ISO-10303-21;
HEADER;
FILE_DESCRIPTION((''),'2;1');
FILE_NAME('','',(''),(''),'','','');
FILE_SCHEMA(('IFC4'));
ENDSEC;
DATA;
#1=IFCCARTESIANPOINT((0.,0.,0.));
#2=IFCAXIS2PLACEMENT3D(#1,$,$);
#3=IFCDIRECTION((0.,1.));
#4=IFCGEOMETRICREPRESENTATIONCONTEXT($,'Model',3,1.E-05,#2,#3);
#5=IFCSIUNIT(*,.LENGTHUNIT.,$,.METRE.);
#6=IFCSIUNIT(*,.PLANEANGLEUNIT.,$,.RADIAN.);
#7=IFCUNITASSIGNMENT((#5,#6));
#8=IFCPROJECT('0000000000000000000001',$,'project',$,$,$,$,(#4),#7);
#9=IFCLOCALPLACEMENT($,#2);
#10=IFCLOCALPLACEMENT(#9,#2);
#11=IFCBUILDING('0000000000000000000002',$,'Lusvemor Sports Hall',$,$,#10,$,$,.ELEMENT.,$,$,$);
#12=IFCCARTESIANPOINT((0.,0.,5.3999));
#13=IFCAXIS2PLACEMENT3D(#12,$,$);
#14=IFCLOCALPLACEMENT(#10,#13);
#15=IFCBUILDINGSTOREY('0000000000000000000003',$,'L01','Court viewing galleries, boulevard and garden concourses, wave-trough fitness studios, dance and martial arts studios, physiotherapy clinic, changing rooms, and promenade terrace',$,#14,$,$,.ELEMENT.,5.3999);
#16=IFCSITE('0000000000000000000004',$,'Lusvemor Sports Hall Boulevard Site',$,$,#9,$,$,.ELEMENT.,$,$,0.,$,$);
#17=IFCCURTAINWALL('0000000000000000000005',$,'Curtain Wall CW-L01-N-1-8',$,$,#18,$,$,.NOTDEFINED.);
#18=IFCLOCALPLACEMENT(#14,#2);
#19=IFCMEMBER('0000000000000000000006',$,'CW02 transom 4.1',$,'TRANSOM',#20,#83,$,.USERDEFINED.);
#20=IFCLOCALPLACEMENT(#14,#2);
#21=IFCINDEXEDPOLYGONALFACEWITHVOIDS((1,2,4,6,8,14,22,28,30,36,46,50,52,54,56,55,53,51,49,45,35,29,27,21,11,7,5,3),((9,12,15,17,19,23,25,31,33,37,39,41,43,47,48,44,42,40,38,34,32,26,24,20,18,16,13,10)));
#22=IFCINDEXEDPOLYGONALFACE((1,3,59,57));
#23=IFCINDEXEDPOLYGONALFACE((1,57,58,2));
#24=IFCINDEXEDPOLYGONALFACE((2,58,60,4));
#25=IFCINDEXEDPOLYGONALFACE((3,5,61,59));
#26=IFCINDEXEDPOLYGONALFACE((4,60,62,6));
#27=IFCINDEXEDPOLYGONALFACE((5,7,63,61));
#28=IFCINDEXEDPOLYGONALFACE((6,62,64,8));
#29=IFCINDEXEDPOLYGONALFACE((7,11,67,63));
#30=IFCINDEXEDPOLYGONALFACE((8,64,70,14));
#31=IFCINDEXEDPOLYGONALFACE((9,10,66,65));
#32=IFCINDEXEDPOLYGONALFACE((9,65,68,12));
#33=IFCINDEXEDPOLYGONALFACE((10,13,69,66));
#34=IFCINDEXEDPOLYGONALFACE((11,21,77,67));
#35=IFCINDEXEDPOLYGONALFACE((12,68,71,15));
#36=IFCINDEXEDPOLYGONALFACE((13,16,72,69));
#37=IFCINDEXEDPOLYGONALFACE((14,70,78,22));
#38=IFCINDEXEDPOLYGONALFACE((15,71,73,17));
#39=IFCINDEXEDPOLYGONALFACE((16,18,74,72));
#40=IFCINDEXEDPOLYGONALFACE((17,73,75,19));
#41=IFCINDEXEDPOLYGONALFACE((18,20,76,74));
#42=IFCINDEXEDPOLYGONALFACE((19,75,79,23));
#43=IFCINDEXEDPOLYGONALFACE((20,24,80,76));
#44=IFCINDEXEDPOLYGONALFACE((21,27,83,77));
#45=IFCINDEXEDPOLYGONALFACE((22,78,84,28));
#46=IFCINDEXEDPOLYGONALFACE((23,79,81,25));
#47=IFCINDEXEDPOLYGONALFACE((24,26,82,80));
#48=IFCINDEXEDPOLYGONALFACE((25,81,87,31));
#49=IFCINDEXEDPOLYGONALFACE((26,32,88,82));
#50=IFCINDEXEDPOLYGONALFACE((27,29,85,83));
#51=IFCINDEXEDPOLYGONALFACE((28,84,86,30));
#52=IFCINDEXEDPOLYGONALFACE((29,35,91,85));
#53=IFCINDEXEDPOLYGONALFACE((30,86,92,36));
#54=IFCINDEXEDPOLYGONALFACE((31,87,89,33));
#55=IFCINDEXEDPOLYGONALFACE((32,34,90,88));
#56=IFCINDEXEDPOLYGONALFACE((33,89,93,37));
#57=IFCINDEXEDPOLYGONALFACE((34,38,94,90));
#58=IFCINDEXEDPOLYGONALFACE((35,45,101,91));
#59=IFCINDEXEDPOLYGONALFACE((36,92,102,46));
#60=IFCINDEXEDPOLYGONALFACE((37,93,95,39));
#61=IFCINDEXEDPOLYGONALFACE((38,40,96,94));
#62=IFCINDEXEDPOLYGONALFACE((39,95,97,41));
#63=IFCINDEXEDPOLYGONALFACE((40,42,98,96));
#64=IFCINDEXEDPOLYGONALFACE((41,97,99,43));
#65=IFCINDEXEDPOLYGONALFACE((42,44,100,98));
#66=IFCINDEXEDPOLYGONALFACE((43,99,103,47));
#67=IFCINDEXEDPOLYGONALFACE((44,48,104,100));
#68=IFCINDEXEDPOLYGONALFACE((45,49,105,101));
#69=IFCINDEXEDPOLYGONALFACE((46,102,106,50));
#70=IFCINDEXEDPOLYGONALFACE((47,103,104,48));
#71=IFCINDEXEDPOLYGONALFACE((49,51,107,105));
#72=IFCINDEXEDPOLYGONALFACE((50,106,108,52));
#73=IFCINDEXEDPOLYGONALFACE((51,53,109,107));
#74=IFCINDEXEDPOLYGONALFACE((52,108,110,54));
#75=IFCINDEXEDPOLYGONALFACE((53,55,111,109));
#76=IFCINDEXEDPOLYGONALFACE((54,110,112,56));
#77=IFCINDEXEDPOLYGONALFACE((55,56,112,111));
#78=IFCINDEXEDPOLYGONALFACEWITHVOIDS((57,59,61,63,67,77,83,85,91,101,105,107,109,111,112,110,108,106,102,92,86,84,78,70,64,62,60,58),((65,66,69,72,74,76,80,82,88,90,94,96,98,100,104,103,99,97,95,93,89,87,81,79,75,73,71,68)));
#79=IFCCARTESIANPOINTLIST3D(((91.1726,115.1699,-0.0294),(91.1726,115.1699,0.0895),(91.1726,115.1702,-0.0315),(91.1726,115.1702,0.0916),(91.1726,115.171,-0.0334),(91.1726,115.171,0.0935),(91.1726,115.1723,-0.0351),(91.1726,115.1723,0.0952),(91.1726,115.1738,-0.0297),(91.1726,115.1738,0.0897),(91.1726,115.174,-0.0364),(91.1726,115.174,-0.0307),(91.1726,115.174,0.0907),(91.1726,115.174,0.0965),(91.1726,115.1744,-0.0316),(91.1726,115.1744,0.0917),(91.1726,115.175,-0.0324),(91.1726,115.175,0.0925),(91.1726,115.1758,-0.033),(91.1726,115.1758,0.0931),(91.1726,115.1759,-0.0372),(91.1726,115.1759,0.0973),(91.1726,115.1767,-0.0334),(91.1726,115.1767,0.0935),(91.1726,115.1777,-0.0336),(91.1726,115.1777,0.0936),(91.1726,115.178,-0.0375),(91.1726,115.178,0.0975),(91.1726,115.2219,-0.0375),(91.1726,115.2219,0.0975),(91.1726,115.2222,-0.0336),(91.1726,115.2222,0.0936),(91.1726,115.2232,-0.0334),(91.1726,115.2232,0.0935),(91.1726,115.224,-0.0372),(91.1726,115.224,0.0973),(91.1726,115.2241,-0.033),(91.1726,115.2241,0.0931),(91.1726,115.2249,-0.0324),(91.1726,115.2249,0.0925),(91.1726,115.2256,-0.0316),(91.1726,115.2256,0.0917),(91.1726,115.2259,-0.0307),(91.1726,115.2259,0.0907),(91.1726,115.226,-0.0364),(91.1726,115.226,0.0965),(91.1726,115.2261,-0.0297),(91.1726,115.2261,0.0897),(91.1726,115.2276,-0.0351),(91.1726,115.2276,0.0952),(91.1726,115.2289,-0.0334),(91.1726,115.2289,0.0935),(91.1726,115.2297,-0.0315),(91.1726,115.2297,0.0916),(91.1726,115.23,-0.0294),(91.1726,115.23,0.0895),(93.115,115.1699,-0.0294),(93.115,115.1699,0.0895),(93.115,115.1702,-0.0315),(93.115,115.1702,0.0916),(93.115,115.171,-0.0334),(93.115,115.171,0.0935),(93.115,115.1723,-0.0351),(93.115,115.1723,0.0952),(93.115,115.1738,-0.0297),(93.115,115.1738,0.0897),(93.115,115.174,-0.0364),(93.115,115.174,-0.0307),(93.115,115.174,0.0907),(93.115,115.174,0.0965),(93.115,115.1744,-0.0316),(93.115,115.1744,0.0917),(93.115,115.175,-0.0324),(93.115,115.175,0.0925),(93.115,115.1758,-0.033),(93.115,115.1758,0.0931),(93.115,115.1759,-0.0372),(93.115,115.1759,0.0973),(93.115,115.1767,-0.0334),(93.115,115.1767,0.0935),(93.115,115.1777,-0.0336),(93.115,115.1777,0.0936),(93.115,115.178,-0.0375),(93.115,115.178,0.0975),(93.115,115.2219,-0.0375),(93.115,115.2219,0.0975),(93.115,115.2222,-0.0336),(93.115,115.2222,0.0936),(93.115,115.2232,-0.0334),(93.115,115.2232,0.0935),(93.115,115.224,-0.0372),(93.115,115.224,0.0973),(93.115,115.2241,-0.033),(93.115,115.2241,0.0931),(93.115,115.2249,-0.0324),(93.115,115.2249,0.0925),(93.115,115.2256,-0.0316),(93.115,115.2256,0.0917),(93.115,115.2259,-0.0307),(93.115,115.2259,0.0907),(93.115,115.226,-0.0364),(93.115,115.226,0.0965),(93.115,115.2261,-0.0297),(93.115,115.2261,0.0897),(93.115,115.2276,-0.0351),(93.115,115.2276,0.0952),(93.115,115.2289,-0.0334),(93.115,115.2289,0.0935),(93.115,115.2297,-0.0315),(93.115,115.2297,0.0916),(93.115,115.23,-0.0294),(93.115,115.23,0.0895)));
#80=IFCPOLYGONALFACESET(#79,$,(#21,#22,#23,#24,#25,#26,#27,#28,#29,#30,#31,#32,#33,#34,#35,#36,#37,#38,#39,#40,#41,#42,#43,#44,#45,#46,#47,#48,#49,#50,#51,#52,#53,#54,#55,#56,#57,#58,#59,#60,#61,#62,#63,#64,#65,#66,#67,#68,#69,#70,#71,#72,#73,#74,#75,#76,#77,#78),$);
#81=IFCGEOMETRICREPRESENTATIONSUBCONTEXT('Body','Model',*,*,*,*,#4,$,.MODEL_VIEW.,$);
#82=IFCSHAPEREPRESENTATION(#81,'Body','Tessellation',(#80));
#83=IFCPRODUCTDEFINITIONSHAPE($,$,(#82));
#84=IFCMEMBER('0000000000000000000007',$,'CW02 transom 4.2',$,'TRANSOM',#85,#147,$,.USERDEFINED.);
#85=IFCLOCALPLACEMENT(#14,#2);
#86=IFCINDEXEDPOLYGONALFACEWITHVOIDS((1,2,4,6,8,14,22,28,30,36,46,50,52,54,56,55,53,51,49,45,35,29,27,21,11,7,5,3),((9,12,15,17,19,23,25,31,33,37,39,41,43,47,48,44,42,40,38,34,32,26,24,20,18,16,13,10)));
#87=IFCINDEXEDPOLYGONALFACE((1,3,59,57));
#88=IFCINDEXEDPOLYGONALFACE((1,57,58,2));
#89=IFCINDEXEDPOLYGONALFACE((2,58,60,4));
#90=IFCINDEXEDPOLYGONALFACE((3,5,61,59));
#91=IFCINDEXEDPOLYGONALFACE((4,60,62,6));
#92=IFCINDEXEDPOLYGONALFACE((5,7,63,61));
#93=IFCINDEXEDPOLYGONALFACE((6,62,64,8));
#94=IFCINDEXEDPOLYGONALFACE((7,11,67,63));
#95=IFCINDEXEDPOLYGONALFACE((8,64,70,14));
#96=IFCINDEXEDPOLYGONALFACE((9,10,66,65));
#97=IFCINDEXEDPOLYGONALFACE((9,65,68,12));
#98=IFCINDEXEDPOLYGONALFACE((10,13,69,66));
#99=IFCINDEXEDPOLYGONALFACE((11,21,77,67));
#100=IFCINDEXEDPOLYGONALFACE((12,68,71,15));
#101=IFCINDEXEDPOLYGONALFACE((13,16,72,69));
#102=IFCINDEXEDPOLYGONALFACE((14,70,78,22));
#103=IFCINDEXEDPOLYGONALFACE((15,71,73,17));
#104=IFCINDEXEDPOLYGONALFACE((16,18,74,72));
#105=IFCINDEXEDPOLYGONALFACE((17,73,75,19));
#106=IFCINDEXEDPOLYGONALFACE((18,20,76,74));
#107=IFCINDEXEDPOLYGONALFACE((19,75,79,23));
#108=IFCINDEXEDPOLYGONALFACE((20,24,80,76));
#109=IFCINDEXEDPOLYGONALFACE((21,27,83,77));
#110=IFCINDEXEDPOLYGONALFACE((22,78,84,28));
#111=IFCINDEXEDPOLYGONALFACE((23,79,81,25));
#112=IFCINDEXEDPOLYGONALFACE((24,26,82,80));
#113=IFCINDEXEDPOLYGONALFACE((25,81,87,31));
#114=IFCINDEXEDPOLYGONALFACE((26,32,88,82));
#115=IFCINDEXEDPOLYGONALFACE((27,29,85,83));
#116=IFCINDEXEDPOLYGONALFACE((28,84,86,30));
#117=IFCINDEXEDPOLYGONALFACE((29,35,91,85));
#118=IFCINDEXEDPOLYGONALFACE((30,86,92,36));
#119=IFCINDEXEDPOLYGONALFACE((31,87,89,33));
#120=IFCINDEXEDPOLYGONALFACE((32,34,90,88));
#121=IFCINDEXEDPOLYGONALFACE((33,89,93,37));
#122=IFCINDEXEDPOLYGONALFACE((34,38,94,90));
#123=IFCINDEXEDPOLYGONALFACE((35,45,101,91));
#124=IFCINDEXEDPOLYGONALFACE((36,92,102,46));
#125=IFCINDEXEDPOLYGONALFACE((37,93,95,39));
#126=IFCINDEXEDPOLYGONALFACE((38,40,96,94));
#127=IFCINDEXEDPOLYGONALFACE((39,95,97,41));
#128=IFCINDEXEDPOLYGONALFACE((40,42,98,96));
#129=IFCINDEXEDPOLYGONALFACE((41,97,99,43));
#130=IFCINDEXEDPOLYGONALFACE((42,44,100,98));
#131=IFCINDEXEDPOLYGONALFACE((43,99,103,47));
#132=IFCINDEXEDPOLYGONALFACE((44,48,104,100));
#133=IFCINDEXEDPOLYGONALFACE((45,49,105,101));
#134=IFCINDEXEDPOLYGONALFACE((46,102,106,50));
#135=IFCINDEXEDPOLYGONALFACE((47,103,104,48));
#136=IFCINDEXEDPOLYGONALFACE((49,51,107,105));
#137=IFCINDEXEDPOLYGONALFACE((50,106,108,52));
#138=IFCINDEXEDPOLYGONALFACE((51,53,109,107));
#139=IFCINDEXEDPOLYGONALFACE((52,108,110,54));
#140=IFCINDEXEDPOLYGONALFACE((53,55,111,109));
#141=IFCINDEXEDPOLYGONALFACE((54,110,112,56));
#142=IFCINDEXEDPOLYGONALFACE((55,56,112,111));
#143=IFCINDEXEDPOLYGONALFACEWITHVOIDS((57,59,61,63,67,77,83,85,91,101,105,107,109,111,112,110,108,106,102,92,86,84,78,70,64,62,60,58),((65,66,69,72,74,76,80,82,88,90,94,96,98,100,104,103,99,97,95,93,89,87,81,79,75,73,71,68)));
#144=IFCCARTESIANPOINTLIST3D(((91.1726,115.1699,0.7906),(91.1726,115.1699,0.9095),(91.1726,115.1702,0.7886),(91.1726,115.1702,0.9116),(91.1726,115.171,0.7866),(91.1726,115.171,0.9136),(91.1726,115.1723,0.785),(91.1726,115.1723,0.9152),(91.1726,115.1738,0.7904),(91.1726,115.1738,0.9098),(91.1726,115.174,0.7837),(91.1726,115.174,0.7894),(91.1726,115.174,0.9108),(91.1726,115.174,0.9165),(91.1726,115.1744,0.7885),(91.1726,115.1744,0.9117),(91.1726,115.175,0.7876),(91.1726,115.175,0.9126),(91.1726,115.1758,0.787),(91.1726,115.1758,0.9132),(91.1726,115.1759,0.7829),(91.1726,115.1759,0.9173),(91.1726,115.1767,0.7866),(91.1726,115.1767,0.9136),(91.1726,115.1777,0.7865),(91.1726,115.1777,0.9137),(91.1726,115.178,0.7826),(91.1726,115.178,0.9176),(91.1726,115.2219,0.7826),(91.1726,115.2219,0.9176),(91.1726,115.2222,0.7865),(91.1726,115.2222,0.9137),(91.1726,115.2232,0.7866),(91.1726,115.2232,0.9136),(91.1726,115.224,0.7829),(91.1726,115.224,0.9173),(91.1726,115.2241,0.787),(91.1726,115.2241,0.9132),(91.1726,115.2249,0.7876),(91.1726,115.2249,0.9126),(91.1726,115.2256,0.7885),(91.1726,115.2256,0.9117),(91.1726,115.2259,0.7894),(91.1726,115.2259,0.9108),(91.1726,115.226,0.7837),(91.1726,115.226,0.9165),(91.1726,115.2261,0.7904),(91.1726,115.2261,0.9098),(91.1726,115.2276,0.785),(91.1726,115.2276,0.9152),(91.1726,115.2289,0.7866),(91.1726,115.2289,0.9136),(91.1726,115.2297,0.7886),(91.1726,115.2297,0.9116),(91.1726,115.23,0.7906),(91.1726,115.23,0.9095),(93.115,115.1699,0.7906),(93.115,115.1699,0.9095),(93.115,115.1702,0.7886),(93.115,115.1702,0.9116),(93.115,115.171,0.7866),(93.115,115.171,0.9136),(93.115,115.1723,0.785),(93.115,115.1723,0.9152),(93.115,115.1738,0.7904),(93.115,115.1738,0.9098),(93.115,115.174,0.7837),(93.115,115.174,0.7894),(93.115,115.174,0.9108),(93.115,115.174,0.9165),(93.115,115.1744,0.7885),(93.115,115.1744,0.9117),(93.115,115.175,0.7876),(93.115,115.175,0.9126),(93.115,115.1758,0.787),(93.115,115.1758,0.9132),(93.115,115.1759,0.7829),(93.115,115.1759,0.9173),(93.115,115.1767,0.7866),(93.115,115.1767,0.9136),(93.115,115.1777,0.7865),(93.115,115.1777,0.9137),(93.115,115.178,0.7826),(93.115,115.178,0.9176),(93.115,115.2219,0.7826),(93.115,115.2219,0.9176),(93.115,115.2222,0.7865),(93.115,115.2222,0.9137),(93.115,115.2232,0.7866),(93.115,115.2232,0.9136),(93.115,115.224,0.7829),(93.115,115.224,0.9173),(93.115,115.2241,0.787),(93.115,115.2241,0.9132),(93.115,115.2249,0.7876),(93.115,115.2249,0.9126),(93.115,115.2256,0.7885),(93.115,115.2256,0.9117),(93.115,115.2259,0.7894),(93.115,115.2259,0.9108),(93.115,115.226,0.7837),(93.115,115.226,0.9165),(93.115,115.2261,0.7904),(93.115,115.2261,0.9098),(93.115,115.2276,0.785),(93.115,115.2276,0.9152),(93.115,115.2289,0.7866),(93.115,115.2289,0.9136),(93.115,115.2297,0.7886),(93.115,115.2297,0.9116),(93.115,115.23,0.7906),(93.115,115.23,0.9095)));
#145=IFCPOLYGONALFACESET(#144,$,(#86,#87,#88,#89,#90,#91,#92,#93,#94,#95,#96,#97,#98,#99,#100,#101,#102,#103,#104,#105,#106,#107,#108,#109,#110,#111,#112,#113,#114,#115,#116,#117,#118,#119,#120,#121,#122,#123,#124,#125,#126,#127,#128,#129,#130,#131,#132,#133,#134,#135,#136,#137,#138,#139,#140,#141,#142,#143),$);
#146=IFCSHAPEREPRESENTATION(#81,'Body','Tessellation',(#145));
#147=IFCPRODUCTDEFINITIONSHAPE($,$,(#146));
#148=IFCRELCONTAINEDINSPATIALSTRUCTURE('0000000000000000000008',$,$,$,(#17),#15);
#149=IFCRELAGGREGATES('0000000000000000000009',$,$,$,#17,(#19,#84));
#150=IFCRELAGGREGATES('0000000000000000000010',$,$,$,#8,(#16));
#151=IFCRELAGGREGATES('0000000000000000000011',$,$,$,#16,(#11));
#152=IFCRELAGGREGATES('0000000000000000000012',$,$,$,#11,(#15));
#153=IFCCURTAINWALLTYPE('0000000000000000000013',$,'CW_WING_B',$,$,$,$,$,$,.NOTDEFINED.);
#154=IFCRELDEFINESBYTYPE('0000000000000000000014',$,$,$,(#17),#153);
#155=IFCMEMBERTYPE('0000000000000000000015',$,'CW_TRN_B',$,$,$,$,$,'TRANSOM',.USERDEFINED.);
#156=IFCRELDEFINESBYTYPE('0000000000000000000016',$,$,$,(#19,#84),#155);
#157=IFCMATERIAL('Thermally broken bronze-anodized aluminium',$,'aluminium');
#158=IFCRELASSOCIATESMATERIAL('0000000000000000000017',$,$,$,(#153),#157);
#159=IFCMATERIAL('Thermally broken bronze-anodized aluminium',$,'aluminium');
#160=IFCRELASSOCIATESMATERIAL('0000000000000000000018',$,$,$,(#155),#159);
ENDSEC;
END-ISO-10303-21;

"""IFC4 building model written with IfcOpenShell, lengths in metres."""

from ifc_helpers import new_model, si_unit, direction, frame, origin, origin_2d, place, context, subcontext, project, spatial, hollow_rectangle, extrude, material, material_profile, profile_set, type_object, element, aggregate, save


model = new_model("IFC4")

# Units and contexts
model_context = context("Model", 3, precision=1e-05, world=origin(), true_north=direction((0.0, 1.0)))
body_context = subcontext(model_context, "Body", "Model", "MODEL_VIEW")
ifc_project = project(units=[si_unit("LENGTHUNIT", "METRE"), si_unit("PLANEANGLEUNIT", "RADIAN")], contexts=[model_context])

# Site, building, storey
site_placement = place(None, origin())
site = spatial("IfcSite", under=ifc_project, at=site_placement, Name="Lusvemor Sports Hall Boulevard Site", CompositionType="ELEMENT", RefElevation=0.0)
building_placement = place(site_placement, origin())
building = spatial("IfcBuilding", under=site, at=building_placement, Name="Lusvemor Sports Hall", CompositionType="ELEMENT")
storey_placement = place(building_placement, frame((0.0, 0.0, 5.3999)))
storey = spatial("IfcBuildingStorey", under=building, at=storey_placement, Name="L01", Description="Court viewing galleries, boulevard and garden concourses, wave-trough fitness studios, dance and martial arts studios, physiotherapy clinic, changing rooms, and promenade terrace", CompositionType="ELEMENT", Elevation=5.3999)

# Curtain wall
ifc_material_1 = material(Name="Thermally broken bronze-anodized aluminium", Category="aluminium")
curtain_wall_type = type_object("IfcCurtainWallType", Name="CW_WING_B", PredefinedType="NOTDEFINED", material=ifc_material_1)
curtain_wall_1_placement = place(storey_placement, origin())
curtain_wall_1 = element("IfcCurtainWall", 1, at=curtain_wall_1_placement, inside=storey, type_object=curtain_wall_type, Name="Curtain Wall CW-L01-N-1-8", PredefinedType="NOTDEFINED")

# Members
ifc_material_2 = material(Name="Thermally broken bronze-anodized aluminium", Category="aluminium")
ifc_material_profile_1 = material_profile(ifc_material_2, hollow_rectangle(XDim=0.0601, YDim=0.135, WallThickness=0.0039, InnerFilletRadius=0.0039, OuterFilletRadius=0.0081, at=origin_2d()), Name="CWTRN135x60x4")
ifc_profile_set_1 = profile_set([ifc_material_profile_1], Name="Thermally broken bronze-anodized aluminium")
member_type_1 = type_object("IfcMemberType", Name="CW_TRN_B", ElementType="TRANSOM", PredefinedType="USERDEFINED", material=ifc_profile_set_1)
member_1_placement = place(storey_placement, frame((91.1726, 115.2, 0.03), z_axis=(1.0, 0.0, 0.0), x_axis=(0.0, 1.0, 0.0)))
member_1 = element("IfcMember", 2, at=member_1_placement, type_object=member_type_1, Name="CW02 transom 4.1", ObjectType="TRANSOM", PredefinedType="USERDEFINED", context=body_context, shape_type="SweptSolid", body=[
    extrude(hollow_rectangle(XDim=0.0601, YDim=0.135, WallThickness=0.0039, InnerFilletRadius=0.0039, OuterFilletRadius=0.0081, at=origin_2d()), origin(), (0.0, 0.0, 1.0), 1.9424),
])
member_2_placement = place(storey_placement, frame((91.1726, 115.2, 0.8501), z_axis=(1.0, 0.0, 0.0), x_axis=(0.0, 1.0, 0.0)))
member_2 = element("IfcMember", 3, at=member_2_placement, type_object=member_type_1, Name="CW02 transom 4.2", ObjectType="TRANSOM", PredefinedType="USERDEFINED", context=body_context, shape_type="SweptSolid", body=[
    extrude(hollow_rectangle(XDim=0.0601, YDim=0.135, WallThickness=0.0039, InnerFilletRadius=0.0039, OuterFilletRadius=0.0081, at=origin_2d()), origin(), (0.0, 0.0, 1.0), 1.9424),
])

aggregate(curtain_wall_1, [member_1, member_2])

save(model, "model.ifc")
